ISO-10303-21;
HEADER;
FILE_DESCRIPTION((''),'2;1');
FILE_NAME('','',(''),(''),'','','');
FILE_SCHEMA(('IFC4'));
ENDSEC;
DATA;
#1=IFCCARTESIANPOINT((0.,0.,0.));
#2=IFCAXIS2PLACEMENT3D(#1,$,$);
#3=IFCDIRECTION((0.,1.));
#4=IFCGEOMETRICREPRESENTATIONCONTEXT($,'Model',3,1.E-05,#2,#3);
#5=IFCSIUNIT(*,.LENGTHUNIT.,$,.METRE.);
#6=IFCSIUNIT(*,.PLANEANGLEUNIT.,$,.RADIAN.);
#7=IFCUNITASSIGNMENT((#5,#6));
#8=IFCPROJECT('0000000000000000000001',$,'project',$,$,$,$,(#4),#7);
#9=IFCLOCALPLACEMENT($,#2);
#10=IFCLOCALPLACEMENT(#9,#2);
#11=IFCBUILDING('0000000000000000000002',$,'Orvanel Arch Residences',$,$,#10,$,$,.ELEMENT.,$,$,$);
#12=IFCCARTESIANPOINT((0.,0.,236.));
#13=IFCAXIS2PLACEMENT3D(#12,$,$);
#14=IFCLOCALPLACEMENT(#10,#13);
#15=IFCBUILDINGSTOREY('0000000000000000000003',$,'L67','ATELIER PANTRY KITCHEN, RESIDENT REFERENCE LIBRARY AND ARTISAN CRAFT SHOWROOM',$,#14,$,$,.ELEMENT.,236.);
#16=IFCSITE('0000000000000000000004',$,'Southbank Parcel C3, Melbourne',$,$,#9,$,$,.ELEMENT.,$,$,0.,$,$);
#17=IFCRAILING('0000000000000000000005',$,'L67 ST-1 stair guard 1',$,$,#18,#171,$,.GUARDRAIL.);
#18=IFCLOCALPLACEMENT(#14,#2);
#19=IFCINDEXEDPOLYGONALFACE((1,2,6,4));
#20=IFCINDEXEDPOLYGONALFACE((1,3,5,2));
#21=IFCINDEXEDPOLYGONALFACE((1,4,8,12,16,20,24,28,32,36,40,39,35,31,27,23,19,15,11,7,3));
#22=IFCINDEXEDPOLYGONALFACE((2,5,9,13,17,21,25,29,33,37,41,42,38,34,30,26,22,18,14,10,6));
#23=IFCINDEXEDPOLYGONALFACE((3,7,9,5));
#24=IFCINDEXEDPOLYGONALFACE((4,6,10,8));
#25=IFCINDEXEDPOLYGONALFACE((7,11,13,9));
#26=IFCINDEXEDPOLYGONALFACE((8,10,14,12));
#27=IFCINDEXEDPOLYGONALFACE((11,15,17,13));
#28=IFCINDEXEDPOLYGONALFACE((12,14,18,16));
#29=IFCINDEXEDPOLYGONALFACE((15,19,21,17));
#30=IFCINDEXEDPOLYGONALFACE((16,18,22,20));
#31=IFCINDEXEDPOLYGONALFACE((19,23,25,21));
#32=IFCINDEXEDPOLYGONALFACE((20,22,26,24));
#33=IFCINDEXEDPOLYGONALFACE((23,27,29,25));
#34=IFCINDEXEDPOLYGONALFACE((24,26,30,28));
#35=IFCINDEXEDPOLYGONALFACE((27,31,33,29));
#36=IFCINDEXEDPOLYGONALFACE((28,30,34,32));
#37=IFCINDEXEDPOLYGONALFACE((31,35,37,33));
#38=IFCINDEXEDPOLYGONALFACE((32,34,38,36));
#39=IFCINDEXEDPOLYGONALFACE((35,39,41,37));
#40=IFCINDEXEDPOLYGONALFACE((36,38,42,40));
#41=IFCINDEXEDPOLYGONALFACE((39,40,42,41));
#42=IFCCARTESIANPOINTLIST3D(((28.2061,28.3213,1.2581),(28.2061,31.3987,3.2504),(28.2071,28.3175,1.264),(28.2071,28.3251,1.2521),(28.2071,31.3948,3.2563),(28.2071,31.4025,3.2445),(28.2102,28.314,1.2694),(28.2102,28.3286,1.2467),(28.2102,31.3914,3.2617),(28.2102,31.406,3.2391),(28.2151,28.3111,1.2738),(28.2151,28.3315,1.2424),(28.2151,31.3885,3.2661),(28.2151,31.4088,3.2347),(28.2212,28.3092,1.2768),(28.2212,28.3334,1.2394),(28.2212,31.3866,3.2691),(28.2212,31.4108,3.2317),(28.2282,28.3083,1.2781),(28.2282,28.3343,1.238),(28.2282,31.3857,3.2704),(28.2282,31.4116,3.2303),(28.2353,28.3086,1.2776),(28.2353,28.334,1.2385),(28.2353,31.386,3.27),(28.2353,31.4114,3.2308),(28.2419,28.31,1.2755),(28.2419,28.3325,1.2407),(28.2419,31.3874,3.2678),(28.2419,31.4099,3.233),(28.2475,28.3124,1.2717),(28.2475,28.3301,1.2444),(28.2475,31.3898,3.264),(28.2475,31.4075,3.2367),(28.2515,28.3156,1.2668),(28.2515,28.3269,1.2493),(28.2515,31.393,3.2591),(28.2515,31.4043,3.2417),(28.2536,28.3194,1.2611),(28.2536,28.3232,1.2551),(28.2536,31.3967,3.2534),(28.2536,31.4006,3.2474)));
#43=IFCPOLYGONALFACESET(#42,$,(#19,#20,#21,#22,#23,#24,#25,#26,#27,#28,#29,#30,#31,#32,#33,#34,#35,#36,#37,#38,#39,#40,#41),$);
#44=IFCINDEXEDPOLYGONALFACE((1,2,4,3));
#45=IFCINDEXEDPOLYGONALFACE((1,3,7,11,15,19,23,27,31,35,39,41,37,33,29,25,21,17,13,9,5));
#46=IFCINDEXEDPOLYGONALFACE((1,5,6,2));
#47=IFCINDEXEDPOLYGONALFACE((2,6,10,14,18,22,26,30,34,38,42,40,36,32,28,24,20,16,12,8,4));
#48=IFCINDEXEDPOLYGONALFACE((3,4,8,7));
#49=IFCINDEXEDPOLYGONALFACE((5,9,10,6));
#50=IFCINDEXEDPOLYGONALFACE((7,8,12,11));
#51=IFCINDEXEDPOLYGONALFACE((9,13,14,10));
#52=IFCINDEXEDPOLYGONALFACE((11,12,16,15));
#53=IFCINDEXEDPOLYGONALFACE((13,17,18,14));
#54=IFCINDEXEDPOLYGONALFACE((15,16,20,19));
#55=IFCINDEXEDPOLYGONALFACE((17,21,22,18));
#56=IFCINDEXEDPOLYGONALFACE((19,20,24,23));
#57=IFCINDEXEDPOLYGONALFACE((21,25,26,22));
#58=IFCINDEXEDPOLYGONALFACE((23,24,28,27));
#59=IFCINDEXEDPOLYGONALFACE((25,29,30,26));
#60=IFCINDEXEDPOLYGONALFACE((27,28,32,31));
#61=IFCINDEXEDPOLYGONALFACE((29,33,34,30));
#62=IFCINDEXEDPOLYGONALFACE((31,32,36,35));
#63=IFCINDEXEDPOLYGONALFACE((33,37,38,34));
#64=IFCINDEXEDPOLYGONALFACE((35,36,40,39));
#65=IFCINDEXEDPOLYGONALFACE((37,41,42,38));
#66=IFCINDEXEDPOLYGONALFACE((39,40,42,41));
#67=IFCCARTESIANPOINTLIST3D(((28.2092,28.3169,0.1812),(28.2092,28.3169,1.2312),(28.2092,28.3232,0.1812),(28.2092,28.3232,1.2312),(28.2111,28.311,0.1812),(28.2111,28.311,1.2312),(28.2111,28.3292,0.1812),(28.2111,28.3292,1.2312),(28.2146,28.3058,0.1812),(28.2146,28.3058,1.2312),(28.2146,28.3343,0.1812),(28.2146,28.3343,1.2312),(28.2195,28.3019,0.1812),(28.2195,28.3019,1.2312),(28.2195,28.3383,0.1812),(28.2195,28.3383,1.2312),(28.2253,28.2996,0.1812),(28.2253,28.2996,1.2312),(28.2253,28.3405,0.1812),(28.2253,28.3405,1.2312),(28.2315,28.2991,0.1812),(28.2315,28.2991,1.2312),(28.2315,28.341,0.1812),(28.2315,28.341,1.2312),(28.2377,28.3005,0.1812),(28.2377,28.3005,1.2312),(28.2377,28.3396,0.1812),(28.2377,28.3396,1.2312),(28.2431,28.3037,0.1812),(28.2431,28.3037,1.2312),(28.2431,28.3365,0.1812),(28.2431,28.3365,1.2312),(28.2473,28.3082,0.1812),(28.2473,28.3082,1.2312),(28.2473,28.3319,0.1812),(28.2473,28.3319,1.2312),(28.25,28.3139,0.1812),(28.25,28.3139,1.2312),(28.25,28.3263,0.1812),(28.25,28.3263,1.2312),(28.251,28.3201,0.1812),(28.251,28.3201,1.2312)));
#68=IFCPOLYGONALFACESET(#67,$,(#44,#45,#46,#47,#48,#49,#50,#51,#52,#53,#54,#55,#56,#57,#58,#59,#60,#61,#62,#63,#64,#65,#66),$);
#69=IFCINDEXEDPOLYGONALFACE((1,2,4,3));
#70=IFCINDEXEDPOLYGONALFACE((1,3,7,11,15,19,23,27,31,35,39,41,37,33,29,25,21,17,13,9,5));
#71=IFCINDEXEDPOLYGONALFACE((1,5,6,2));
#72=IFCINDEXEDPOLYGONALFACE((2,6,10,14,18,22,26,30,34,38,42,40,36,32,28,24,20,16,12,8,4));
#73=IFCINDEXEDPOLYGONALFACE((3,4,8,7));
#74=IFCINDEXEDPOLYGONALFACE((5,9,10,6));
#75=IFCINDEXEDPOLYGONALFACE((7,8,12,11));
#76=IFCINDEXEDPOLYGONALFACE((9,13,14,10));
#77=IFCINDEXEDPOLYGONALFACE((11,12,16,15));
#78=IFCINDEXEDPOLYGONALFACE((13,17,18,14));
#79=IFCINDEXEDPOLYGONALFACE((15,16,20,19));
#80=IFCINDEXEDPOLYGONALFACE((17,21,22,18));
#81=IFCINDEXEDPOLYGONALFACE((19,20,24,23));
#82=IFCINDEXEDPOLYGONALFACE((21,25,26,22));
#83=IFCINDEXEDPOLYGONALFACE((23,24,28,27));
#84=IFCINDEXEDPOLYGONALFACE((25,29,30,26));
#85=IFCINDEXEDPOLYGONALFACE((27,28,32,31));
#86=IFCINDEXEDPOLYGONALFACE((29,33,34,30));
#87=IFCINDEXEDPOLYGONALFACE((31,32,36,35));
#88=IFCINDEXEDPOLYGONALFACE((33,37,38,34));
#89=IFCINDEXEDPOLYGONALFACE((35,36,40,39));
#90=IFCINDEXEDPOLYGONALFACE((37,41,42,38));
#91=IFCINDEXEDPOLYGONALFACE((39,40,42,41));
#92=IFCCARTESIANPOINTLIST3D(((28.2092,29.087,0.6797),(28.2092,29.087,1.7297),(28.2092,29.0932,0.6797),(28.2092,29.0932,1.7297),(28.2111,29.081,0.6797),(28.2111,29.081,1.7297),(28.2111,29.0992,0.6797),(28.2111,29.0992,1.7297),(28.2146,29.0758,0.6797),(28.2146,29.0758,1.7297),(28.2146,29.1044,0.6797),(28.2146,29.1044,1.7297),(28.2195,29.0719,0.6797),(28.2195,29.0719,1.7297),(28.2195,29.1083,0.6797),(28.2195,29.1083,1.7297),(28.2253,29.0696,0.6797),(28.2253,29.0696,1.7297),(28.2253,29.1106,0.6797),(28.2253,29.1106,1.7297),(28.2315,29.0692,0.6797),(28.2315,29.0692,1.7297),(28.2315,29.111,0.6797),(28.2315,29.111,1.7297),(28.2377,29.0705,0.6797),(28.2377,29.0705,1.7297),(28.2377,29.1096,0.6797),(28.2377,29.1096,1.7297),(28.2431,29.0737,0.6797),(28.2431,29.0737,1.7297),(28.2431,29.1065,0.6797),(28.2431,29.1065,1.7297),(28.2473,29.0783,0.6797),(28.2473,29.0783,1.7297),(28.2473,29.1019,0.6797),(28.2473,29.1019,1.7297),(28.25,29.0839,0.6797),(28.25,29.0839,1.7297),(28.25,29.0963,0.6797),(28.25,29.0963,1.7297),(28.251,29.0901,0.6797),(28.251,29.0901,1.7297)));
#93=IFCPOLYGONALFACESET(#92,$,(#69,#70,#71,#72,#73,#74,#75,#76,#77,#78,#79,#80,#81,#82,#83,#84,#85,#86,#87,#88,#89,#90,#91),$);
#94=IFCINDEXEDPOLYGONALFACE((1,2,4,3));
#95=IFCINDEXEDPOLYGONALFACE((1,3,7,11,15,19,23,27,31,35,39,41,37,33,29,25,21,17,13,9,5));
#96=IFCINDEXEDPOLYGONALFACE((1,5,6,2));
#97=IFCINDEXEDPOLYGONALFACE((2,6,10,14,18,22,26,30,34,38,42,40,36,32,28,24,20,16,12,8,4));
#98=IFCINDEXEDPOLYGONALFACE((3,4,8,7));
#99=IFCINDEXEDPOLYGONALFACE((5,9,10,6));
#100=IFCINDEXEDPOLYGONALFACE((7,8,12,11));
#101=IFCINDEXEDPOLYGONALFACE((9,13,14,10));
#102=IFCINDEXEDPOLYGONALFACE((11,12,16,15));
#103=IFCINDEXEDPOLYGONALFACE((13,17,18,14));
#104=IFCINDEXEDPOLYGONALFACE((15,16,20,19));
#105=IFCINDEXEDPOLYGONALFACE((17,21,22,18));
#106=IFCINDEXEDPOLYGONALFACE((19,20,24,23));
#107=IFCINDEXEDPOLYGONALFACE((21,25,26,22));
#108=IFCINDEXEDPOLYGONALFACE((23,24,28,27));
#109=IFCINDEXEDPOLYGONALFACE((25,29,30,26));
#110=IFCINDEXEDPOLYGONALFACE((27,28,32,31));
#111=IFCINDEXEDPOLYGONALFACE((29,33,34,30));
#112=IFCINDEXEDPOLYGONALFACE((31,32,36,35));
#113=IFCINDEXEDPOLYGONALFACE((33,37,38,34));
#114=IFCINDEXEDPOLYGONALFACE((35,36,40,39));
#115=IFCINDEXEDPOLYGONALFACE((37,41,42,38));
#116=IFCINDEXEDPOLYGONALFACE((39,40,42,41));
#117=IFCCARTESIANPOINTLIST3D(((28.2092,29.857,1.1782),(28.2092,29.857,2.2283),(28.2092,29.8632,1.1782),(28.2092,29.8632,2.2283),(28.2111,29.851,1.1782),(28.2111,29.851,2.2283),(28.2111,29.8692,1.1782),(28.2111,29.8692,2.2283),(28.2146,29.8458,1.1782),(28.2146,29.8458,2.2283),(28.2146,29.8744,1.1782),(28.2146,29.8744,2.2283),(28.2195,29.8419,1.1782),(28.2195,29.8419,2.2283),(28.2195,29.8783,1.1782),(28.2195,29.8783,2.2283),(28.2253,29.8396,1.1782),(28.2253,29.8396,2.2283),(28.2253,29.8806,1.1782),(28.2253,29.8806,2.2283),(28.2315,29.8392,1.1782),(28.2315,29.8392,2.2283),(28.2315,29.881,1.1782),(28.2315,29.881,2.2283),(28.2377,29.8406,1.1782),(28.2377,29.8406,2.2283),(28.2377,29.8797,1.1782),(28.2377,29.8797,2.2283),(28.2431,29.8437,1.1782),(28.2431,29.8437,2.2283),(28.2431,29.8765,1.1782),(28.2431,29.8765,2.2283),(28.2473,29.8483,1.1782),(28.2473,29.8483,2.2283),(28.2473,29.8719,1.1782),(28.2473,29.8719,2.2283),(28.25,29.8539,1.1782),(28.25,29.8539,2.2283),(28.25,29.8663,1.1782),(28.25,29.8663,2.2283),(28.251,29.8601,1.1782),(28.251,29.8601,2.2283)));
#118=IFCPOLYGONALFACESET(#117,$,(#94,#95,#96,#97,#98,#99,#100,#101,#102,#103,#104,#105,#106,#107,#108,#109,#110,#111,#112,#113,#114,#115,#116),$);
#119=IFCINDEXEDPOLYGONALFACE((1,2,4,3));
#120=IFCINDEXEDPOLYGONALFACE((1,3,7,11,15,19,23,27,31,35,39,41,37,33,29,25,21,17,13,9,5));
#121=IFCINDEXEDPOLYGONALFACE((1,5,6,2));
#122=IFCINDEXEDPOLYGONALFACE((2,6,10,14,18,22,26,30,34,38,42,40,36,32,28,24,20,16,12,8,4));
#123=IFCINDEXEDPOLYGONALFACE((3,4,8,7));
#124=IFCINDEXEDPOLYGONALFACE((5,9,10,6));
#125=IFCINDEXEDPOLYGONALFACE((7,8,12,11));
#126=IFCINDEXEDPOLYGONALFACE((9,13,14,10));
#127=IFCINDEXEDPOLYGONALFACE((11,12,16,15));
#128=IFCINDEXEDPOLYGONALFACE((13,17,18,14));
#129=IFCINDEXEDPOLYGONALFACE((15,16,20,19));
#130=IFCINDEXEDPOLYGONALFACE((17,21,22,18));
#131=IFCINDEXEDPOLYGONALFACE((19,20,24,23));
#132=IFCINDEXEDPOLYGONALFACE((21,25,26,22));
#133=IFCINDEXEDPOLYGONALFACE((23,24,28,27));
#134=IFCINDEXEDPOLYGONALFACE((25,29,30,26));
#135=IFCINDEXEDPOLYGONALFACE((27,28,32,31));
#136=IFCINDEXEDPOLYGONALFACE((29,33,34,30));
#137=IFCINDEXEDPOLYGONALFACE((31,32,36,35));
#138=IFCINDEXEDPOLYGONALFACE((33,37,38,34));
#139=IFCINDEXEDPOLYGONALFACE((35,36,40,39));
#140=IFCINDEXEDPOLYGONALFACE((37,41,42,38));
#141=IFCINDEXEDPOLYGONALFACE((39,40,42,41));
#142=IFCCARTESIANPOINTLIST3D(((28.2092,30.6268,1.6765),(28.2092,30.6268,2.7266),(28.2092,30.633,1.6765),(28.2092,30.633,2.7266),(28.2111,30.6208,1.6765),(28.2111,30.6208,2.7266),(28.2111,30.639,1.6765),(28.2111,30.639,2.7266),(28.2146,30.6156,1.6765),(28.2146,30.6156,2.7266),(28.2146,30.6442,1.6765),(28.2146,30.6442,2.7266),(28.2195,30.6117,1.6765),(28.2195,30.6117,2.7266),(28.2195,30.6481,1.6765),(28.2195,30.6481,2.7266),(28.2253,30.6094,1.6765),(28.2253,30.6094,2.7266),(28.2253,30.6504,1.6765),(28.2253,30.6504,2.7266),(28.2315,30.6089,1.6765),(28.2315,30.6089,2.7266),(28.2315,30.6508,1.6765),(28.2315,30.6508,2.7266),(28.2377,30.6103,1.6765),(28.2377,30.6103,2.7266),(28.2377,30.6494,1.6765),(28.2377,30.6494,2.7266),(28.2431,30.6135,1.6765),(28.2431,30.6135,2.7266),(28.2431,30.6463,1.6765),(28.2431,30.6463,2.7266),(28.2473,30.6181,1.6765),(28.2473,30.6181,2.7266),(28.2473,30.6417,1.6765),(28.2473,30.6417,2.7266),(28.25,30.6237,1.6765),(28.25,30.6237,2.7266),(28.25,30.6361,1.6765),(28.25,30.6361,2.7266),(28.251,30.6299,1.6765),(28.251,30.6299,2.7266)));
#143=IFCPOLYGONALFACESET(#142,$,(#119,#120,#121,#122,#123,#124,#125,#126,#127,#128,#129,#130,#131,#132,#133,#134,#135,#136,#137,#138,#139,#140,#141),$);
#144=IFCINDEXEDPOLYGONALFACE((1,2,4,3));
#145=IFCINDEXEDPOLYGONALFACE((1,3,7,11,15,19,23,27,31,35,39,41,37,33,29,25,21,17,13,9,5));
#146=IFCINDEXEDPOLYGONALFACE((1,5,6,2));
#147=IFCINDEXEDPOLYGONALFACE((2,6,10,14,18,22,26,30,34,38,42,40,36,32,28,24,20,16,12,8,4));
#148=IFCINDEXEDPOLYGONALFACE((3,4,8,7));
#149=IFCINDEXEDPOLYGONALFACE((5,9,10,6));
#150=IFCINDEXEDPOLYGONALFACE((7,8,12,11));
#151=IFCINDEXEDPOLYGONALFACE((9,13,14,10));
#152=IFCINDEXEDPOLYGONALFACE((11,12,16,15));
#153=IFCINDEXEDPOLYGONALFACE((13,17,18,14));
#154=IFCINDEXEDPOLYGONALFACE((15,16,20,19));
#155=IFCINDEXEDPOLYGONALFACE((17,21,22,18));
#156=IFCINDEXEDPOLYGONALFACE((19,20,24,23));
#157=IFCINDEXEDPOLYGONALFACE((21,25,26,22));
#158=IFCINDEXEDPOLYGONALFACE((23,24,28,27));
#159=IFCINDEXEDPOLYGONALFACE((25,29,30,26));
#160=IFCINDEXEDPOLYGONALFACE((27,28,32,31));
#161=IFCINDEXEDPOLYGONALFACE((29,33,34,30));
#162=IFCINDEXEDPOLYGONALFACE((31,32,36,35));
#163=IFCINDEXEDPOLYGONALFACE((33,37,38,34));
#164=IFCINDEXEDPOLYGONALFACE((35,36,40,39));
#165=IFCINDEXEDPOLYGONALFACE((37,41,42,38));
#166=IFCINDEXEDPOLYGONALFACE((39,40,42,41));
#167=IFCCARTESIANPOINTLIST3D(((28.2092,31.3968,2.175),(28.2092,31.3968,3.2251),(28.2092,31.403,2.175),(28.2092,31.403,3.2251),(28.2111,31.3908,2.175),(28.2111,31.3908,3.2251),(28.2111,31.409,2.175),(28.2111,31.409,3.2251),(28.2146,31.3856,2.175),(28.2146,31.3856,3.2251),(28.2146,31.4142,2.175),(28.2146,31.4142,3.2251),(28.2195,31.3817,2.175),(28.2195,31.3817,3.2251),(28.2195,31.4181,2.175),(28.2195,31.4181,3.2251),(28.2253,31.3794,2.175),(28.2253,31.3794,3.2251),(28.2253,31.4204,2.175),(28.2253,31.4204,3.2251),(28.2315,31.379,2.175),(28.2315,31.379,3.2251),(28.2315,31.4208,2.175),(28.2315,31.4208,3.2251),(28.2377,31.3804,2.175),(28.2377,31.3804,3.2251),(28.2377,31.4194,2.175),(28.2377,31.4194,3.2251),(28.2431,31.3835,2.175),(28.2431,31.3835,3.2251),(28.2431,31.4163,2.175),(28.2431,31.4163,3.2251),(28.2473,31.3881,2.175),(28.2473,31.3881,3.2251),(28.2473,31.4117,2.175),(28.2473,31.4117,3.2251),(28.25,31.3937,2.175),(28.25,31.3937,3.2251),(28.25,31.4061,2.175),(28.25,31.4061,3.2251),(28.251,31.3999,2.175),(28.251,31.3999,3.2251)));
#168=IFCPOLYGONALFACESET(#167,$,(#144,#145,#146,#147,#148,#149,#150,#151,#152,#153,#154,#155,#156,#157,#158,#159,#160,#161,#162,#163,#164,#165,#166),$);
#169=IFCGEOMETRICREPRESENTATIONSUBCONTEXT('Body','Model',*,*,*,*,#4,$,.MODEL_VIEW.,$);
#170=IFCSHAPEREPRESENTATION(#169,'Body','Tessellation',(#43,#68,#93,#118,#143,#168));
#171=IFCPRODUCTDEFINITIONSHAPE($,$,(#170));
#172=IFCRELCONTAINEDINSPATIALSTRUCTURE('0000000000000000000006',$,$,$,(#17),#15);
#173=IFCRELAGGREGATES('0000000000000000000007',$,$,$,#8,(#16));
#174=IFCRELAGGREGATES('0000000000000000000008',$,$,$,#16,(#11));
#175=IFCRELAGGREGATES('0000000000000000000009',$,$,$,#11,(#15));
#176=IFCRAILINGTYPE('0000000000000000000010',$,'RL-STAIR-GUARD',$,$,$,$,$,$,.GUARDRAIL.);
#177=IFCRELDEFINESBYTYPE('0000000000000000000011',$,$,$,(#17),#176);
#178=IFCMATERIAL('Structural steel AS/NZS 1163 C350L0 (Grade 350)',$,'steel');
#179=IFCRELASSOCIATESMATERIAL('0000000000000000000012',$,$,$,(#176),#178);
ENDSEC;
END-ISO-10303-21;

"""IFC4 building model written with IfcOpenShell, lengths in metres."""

from ifc_helpers import new_model, si_unit, direction, frame, origin, origin_2d, place, context, subcontext, project, spatial, circle, extrude, material, type_object, element, save


model = new_model("IFC4")

# Units and contexts
model_context = context("Model", 3, precision=1e-05, world=origin(), true_north=direction((0.0, 1.0)))
body_context = subcontext(model_context, "Body", "Model", "MODEL_VIEW")
ifc_project = project(units=[si_unit("LENGTHUNIT", "METRE"), si_unit("PLANEANGLEUNIT", "RADIAN")], contexts=[model_context])

# Site, building, storey
site_placement = place(None, origin())
site = spatial("IfcSite", under=ifc_project, at=site_placement, Name="Southbank Parcel C3, Melbourne", CompositionType="ELEMENT", RefElevation=0.0)
building_placement = place(site_placement, origin())
building = spatial("IfcBuilding", under=site, at=building_placement, Name="Orvanel Arch Residences", CompositionType="ELEMENT")
storey_placement = place(building_placement, frame((0.0, 0.0, 236.0)))
storey = spatial("IfcBuildingStorey", under=building, at=storey_placement, Name="L67", Description="ATELIER PANTRY KITCHEN, RESIDENT REFERENCE LIBRARY AND ARTISAN CRAFT SHOWROOM", CompositionType="ELEMENT", Elevation=236.0)

# Railing
ifc_material_1 = material(Name="Structural steel AS/NZS 1163 C350L0 (Grade 350)", Category="steel")
railing_type_1 = type_object("IfcRailingType", Name="RL-STAIR-GUARD", PredefinedType="GUARDRAIL", material=ifc_material_1)
railing_1_placement = place(storey_placement, frame((28.23, 28.3201, 0.1812)))
element("IfcRailing", 1, at=railing_1_placement, inside=storey, type_object=railing_type_1, Name="L67 ST-1 stair guard 1", PredefinedType="GUARDRAIL", context=body_context, shape_type="SweptSolid", body=[
    extrude(circle(Radius=0.0239, at=origin_2d()), frame((0.0, 0.0012, 1.0769), z_axis=(0.0, 0.839438, 0.543455), x_axis=(-1.0, 0.0, 0.0)), (0.0, 0.0, 1.0), 3.666),
    extrude(circle(Radius=0.021, at=origin_2d()), origin(), (0.0, 0.0, 1.0), 1.05),
    extrude(circle(Radius=0.021, at=origin_2d()), frame((0.0, 0.77, 0.4985)), (0.0, 0.0, 1.0), 1.05),
    extrude(circle(Radius=0.021, at=origin_2d()), frame((0.0, 1.54, 0.9971)), (0.0, 0.0, 1.0), 1.05),
    extrude(circle(Radius=0.021, at=origin_2d()), frame((0.0, 2.3098, 1.4954)), (0.0, 0.0, 1.0), 1.05),
    extrude(circle(Radius=0.021, at=origin_2d()), frame((0.0, 3.0798, 1.9939)), (0.0, 0.0, 1.0), 1.05),
])

save(model, "model.ifc")
